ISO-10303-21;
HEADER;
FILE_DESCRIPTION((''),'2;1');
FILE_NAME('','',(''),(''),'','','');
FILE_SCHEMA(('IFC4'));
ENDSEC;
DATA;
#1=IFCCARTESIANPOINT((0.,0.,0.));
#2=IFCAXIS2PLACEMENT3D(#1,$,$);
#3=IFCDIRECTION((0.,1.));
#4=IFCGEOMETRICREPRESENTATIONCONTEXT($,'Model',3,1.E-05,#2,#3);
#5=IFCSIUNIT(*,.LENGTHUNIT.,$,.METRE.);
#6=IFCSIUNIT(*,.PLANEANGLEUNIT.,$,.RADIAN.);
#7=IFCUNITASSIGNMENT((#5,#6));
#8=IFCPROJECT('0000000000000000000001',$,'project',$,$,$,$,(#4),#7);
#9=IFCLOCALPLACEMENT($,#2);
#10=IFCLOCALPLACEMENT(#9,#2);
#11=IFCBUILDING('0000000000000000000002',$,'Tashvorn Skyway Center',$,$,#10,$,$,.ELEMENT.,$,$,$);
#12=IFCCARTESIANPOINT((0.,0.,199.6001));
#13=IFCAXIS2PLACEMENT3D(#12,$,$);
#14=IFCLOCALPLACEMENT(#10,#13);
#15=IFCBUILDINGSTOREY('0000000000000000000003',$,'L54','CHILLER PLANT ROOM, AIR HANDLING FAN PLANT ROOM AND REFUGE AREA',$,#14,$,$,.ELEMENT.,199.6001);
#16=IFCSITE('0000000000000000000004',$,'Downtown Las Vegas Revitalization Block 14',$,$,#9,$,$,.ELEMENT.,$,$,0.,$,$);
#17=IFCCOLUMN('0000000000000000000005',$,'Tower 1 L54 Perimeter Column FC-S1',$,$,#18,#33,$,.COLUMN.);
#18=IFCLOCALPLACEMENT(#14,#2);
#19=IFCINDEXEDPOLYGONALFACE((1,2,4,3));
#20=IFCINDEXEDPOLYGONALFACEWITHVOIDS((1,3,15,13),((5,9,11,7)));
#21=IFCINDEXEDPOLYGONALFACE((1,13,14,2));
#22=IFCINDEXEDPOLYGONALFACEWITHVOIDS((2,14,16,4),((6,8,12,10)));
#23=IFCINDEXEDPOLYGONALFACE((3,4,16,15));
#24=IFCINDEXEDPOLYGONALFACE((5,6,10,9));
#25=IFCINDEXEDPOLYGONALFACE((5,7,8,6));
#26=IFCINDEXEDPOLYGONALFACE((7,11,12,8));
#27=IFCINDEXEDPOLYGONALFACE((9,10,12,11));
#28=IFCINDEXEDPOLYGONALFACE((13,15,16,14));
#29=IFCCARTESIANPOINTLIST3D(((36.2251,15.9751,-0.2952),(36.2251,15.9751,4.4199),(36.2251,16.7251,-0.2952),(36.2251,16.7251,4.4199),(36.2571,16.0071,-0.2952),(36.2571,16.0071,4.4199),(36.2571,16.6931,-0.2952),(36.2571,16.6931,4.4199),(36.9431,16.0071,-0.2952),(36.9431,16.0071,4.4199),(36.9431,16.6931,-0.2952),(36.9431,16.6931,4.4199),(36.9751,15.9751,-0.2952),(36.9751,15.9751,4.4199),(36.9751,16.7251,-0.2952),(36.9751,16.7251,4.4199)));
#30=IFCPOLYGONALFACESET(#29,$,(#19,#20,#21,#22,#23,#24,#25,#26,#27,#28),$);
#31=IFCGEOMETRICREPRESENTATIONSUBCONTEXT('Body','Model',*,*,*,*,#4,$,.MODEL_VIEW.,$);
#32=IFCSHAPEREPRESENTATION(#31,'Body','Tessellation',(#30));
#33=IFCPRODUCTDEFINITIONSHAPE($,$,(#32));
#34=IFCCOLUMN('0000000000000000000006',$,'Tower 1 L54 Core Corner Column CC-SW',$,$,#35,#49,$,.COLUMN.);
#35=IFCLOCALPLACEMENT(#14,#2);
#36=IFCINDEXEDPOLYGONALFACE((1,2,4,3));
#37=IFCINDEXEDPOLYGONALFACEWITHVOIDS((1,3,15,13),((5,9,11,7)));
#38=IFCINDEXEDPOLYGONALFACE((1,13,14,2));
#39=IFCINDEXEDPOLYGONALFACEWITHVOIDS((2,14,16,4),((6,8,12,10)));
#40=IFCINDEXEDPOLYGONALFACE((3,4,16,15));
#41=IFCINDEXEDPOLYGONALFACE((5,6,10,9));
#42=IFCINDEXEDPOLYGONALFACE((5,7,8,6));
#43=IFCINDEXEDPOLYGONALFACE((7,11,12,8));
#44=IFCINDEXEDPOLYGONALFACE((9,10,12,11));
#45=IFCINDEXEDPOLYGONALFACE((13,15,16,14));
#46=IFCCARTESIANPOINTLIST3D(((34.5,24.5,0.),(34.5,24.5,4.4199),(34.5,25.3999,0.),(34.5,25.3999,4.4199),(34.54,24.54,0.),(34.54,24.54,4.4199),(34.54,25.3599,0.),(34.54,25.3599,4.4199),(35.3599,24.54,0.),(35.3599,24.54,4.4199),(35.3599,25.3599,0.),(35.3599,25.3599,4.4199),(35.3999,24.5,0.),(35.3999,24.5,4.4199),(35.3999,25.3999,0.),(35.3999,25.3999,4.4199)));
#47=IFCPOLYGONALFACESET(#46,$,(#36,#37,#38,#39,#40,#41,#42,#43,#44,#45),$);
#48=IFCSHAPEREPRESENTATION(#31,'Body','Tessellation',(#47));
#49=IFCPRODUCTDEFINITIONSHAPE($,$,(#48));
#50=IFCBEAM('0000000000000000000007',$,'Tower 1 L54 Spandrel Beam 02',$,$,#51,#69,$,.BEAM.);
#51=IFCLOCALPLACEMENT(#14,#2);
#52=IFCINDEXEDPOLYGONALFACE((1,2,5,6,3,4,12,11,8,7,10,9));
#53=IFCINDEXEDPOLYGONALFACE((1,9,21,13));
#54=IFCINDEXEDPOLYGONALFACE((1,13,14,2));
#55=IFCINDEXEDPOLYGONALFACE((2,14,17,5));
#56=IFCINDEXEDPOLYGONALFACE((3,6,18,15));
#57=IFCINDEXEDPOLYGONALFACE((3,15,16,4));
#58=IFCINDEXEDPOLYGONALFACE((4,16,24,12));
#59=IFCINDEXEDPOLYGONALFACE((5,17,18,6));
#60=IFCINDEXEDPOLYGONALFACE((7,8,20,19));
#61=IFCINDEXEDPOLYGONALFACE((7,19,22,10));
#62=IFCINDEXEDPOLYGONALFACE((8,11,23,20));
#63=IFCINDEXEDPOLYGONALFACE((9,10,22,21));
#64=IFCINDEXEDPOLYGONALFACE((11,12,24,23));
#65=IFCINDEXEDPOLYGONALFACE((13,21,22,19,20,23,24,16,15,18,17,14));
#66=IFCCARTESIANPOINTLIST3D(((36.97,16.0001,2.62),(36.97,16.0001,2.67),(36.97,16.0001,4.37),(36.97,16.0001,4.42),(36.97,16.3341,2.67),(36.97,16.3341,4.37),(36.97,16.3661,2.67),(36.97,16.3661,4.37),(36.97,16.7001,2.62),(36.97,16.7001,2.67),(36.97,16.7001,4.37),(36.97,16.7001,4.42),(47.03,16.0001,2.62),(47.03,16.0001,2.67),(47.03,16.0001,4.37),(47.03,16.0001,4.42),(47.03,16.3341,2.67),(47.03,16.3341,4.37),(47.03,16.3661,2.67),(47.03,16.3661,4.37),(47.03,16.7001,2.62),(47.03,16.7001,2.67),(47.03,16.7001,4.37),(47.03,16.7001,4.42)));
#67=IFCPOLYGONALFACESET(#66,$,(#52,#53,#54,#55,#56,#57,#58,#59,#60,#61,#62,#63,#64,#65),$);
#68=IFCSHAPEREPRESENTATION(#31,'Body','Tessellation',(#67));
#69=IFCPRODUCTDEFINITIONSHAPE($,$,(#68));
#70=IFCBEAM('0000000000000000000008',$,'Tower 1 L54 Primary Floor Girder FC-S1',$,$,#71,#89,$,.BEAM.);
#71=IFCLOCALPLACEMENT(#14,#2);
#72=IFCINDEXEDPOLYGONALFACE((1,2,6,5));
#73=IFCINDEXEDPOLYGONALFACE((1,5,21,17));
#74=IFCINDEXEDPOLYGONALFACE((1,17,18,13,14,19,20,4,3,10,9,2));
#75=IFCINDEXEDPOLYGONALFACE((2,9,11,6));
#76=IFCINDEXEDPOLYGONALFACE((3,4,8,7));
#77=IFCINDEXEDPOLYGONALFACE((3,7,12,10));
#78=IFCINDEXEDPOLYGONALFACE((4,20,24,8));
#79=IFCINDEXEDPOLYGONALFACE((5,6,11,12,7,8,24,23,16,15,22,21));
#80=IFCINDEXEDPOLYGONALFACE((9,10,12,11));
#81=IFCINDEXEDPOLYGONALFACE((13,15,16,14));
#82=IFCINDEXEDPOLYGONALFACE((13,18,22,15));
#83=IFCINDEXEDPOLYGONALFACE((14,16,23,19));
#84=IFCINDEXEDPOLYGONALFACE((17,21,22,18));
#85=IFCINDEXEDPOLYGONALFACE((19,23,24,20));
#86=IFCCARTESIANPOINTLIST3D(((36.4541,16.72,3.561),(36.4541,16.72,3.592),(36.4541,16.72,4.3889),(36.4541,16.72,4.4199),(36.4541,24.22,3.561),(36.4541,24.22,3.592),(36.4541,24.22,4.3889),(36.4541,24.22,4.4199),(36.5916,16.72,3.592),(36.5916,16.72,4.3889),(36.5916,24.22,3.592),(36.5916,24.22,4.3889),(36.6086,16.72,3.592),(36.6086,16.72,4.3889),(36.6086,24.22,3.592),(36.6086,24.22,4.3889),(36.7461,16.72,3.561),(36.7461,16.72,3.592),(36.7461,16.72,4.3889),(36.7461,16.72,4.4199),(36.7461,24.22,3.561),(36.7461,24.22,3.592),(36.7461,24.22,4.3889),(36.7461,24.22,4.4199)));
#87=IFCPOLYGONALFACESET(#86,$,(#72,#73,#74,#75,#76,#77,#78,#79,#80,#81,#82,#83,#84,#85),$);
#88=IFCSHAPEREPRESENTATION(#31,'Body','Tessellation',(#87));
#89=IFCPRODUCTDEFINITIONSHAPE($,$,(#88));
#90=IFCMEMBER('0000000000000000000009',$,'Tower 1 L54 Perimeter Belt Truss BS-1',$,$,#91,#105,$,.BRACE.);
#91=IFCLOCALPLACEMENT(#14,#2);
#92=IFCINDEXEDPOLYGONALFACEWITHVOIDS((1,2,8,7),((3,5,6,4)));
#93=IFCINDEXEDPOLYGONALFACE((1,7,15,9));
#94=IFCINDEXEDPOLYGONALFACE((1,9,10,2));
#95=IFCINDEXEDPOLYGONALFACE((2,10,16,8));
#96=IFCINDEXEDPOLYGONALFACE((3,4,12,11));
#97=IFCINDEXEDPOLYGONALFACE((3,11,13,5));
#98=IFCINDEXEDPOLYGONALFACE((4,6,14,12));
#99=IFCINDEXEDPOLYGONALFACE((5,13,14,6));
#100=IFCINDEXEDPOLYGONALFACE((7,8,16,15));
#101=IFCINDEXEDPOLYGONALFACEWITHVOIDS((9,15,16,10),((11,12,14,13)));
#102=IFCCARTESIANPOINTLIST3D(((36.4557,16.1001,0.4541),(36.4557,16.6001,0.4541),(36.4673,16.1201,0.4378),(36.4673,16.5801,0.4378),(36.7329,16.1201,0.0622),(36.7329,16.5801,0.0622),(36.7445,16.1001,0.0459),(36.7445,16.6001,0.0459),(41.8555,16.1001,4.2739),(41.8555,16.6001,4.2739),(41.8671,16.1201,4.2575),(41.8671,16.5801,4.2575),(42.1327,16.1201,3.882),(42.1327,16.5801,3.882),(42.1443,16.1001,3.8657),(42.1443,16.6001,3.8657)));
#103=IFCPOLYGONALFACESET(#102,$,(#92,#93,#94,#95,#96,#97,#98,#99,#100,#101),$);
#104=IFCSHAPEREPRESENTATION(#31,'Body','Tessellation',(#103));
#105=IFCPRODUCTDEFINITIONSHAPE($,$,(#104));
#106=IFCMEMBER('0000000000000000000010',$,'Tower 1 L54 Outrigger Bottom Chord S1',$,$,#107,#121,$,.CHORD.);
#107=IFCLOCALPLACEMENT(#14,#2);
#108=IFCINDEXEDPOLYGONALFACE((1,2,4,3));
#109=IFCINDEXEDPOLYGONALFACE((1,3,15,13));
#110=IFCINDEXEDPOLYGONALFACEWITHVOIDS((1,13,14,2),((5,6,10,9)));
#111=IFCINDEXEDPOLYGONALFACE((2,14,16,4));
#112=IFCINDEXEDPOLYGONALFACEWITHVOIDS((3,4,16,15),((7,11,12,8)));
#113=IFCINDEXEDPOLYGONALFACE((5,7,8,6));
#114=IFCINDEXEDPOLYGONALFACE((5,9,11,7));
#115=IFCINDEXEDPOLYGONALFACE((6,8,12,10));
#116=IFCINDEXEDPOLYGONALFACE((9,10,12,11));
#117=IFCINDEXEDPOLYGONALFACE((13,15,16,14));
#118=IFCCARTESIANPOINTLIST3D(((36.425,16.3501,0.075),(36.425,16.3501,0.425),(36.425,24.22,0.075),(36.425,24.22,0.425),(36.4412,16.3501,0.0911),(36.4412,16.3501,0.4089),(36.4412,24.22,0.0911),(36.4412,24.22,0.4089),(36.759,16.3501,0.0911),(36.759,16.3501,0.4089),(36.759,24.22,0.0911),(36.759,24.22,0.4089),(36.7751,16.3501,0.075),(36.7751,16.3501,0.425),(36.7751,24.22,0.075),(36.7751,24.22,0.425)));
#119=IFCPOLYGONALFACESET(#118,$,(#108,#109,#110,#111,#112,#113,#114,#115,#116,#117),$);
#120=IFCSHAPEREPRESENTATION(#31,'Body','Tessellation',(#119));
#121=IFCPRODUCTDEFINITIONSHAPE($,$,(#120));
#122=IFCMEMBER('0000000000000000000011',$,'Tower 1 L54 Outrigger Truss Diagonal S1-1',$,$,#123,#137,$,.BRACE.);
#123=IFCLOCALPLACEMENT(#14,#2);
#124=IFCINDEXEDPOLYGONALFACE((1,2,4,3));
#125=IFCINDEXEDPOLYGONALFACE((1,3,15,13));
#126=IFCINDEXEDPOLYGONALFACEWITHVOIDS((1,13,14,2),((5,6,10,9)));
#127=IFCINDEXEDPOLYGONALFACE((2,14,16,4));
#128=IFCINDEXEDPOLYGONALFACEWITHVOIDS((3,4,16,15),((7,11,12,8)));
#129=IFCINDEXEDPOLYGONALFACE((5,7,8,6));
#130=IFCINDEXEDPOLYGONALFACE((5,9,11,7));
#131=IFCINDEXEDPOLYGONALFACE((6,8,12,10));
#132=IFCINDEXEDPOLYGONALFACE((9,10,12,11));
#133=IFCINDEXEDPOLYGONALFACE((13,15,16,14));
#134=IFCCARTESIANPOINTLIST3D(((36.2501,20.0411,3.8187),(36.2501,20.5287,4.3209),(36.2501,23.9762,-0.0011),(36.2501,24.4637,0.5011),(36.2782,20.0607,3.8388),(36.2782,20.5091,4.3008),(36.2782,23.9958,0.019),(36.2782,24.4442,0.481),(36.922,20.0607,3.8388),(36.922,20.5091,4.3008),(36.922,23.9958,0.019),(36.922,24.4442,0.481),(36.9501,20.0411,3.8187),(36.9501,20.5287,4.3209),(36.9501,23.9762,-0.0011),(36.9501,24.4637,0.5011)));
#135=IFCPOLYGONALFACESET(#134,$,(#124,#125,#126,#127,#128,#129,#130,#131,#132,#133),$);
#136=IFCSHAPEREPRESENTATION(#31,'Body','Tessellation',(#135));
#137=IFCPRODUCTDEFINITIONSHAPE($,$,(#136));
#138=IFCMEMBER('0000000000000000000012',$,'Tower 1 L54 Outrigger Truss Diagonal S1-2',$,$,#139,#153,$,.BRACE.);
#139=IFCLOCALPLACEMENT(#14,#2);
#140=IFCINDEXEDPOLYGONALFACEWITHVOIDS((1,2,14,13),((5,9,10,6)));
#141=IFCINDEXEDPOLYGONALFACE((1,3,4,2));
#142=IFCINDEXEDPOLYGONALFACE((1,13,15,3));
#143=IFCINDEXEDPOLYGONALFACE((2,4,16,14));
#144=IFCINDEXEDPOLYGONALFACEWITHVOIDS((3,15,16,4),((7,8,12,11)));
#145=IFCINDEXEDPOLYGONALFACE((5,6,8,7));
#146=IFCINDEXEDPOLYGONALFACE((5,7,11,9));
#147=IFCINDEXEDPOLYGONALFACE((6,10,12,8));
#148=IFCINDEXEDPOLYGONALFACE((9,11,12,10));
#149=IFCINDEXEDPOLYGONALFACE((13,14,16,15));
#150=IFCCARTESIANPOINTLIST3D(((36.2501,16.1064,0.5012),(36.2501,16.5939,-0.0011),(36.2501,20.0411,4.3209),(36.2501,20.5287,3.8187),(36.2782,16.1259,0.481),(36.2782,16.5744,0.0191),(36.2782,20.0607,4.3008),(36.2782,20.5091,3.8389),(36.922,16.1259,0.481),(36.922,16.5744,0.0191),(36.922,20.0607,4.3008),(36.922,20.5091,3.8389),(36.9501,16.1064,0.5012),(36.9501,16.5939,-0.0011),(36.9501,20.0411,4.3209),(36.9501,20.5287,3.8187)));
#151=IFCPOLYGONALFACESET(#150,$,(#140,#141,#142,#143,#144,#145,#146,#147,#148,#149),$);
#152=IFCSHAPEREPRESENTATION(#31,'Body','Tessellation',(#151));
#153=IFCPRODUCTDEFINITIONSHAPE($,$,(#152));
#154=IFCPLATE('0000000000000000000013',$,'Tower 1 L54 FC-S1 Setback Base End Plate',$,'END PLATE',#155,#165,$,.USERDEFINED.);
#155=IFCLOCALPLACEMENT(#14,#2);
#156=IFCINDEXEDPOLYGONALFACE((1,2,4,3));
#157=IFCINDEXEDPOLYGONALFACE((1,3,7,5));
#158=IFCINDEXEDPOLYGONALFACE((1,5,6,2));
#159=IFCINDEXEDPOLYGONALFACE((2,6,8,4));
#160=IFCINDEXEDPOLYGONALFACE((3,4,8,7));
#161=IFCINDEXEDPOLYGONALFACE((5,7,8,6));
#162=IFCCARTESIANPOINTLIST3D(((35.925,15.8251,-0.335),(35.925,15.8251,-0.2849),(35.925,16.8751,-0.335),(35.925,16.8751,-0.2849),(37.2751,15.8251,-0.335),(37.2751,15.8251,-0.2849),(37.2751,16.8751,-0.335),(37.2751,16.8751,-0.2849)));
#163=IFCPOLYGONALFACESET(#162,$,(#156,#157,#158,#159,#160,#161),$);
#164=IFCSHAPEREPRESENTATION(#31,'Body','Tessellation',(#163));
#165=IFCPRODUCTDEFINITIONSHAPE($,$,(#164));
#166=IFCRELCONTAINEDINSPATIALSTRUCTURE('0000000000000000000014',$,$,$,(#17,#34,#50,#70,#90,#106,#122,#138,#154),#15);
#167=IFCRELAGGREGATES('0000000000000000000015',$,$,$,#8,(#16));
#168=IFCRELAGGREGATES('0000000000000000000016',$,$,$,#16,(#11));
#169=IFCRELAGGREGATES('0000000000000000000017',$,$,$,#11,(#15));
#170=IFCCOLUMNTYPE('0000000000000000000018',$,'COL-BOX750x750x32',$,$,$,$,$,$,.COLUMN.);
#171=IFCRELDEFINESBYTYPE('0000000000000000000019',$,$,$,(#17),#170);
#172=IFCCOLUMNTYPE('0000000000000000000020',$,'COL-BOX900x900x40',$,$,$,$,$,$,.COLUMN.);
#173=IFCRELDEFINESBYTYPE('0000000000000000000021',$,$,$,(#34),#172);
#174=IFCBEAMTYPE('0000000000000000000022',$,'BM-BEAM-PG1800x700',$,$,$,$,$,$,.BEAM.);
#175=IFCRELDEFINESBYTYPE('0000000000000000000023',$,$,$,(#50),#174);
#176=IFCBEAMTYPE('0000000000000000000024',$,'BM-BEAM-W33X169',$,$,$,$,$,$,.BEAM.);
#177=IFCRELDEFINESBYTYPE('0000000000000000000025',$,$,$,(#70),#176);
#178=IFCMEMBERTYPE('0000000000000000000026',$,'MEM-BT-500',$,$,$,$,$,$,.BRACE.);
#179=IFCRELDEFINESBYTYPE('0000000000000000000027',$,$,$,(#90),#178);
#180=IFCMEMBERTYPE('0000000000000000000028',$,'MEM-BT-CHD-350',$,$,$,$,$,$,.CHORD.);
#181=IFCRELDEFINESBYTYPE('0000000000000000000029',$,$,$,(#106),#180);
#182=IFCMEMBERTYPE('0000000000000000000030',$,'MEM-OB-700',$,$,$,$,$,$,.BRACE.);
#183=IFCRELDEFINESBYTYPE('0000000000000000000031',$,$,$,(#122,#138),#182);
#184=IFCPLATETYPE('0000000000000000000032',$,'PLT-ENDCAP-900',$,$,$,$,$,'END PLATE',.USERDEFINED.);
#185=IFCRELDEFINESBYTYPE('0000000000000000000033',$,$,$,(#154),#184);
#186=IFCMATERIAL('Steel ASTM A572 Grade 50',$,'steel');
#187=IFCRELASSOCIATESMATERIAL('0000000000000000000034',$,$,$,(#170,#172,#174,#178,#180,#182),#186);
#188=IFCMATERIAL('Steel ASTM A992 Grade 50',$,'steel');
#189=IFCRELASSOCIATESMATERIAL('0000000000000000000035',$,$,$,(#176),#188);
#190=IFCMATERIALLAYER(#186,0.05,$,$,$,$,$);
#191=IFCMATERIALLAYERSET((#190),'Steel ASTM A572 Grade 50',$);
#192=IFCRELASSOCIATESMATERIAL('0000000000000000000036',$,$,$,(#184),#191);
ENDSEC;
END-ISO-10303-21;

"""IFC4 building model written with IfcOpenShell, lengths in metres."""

from ifc_helpers import new_model, si_unit, direction, frame, origin, origin_2d, place, context, subcontext, project, spatial, rectangle, hollow_rectangle, i_section, extrude, material, layer, layer_set, material_profile, profile_set, type_object, element, save


model = new_model("IFC4")

# Units and contexts
model_context = context("Model", 3, precision=1e-05, world=origin(), true_north=direction((0.0, 1.0)))
body_context = subcontext(model_context, "Body", "Model", "MODEL_VIEW")
ifc_project = project(units=[si_unit("LENGTHUNIT", "METRE"), si_unit("PLANEANGLEUNIT", "RADIAN")], contexts=[model_context])

# Site, building, storey
site_placement = place(None, origin())
site = spatial("IfcSite", under=ifc_project, at=site_placement, Name="Downtown Las Vegas Revitalization Block 14", CompositionType="ELEMENT", RefElevation=0.0)
building_placement = place(site_placement, origin())
building = spatial("IfcBuilding", under=site, at=building_placement, Name="Tashvorn Skyway Center", CompositionType="ELEMENT")
storey_placement = place(building_placement, frame((0.0, 0.0, 199.6001)))
storey = spatial("IfcBuildingStorey", under=building, at=storey_placement, Name="L54", Description="CHILLER PLANT ROOM, AIR HANDLING FAN PLANT ROOM AND REFUGE AREA", CompositionType="ELEMENT", Elevation=199.6001)

# Columns
ifc_material_1 = material(Name="Steel ASTM A572 Grade 50", Category="steel")
ifc_material_profile_1 = material_profile(ifc_material_1, hollow_rectangle(XDim=0.75, YDim=0.75, WallThickness=0.032, at=origin_2d()), Name="BOX750x750x32")
ifc_profile_set_1 = profile_set([ifc_material_profile_1], Name="Steel ASTM A572 Grade 50")
column_type_1 = type_object("IfcColumnType", Name="COL-BOX750x750x32", PredefinedType="COLUMN", material=ifc_profile_set_1)
column_1_placement = place(storey_placement, frame((36.6001, 16.3501, -0.2952), z_axis=(0.0, 0.0, 1.0), x_axis=(1.0, 0.0, 0.0)))
element("IfcColumn", 1, at=column_1_placement, inside=storey, type_object=column_type_1, Name="Tower 1 L54 Perimeter Column FC-S1", PredefinedType="COLUMN", context=body_context, shape_type="SweptSolid", body=[
    extrude(hollow_rectangle(XDim=0.75, YDim=0.75, WallThickness=0.032, at=origin_2d()), origin(), (0.0, 0.0, 1.0), 4.7151),
])
ifc_material_profile_2 = material_profile(ifc_material_1, hollow_rectangle(XDim=0.8999, YDim=0.8999, WallThickness=0.04, at=origin_2d()), Name="BOX900x900x40")
ifc_profile_set_2 = profile_set([ifc_material_profile_2], Name="Steel ASTM A572 Grade 50")
column_type_2 = type_object("IfcColumnType", Name="COL-BOX900x900x40", PredefinedType="COLUMN", material=ifc_profile_set_2)
column_2_placement = place(storey_placement, frame((34.95, 24.95, 0.0), z_axis=(0.0, 0.0, 1.0), x_axis=(1.0, 0.0, 0.0)))
element("IfcColumn", 2, at=column_2_placement, inside=storey, type_object=column_type_2, Name="Tower 1 L54 Core Corner Column CC-SW", PredefinedType="COLUMN", context=body_context, shape_type="SweptSolid", body=[
    extrude(hollow_rectangle(XDim=0.8999, YDim=0.8999, WallThickness=0.04, at=origin_2d()), origin(), (0.0, 0.0, 1.0), 4.4199),
])

# Beams
ifc_material_profile_3 = material_profile(ifc_material_1, i_section(OverallWidth=0.7, OverallDepth=1.8, WebThickness=0.032, FlangeThickness=0.05, at=origin_2d()), Name="PG1800x700")
ifc_profile_set_3 = profile_set([ifc_material_profile_3], Name="Steel ASTM A572 Grade 50")
beam_type_1 = type_object("IfcBeamType", Name="BM-BEAM-PG1800x700", PredefinedType="BEAM", material=ifc_profile_set_3)
beam_1_placement = place(storey_placement, frame((36.97, 16.3501, 3.52), z_axis=(1.0, 0.0, 0.0), x_axis=(0.0, 1.0, 0.0)))
element("IfcBeam", 3, at=beam_1_placement, inside=storey, type_object=beam_type_1, Name="Tower 1 L54 Spandrel Beam 02", PredefinedType="BEAM", context=body_context, shape_type="SweptSolid", body=[
    extrude(i_section(OverallWidth=0.7, OverallDepth=1.8, WebThickness=0.032, FlangeThickness=0.05, at=origin_2d()), origin(), (0.0, 0.0, 1.0), 10.0601),
])
ifc_material_2 = material(Name="Steel ASTM A992 Grade 50", Category="steel")
ifc_material_profile_4 = material_profile(ifc_material_2, i_section(OverallWidth=0.292, OverallDepth=0.8589, WebThickness=0.0171, FlangeThickness=0.031, at=origin_2d()), Name="W33X169")
ifc_profile_set_4 = profile_set([ifc_material_profile_4], Name="Steel ASTM A992 Grade 50")
beam_type_2 = type_object("IfcBeamType", Name="BM-BEAM-W33X169", PredefinedType="BEAM", material=ifc_profile_set_4)
beam_2_placement = place(storey_placement, frame((36.6001, 16.72, 3.9905), z_axis=(0.0, 1.0, 0.0), x_axis=(-1.0, 0.0, 0.0)))
element("IfcBeam", 4, at=beam_2_placement, inside=storey, type_object=beam_type_2, Name="Tower 1 L54 Primary Floor Girder FC-S1", PredefinedType="BEAM", context=body_context, shape_type="SweptSolid", body=[
    extrude(i_section(OverallWidth=0.292, OverallDepth=0.8589, WebThickness=0.0171, FlangeThickness=0.031, at=origin_2d()), origin(), (0.0, 0.0, 1.0), 7.5),
])

# Members
ifc_material_profile_5 = material_profile(ifc_material_1, hollow_rectangle(XDim=0.5, YDim=0.5, WallThickness=0.02, at=origin_2d()), Name="HSS500x500x20")
ifc_profile_set_5 = profile_set([ifc_material_profile_5], Name="Steel ASTM A572 Grade 50")
member_type_1 = type_object("IfcMemberType", Name="MEM-BT-500", PredefinedType="BRACE", material=ifc_profile_set_5)
member_1_placement = place(storey_placement, frame((36.6001, 16.3501, 0.25), z_axis=(0.816388, 0.0, 0.577503), x_axis=(0.0, 1.0, 0.0)))
element("IfcMember", 5, at=member_1_placement, inside=storey, type_object=member_type_1, Name="Tower 1 L54 Perimeter Belt Truss BS-1", PredefinedType="BRACE", context=body_context, shape_type="SweptSolid", body=[
    extrude(hollow_rectangle(XDim=0.5, YDim=0.5, WallThickness=0.02, at=origin_2d()), origin(), (0.0, 0.0, 1.0), 6.6143),
])
ifc_material_profile_6 = material_profile(ifc_material_1, hollow_rectangle(XDim=0.3501, YDim=0.3501, WallThickness=0.0161, at=origin_2d()), Name="HSS350x350x16")
ifc_profile_set_6 = profile_set([ifc_material_profile_6], Name="Steel ASTM A572 Grade 50")
member_type_2 = type_object("IfcMemberType", Name="MEM-BT-CHD-350", PredefinedType="CHORD", material=ifc_profile_set_6)
member_2_placement = place(storey_placement, frame((36.6001, 24.22, 0.25), z_axis=(0.0, -1.0, 0.0), x_axis=(1.0, 0.0, 0.0)))
element("IfcMember", 6, at=member_2_placement, inside=storey, type_object=member_type_2, Name="Tower 1 L54 Outrigger Bottom Chord S1", PredefinedType="CHORD", context=body_context, shape_type="SweptSolid", body=[
    extrude(hollow_rectangle(XDim=0.3501, YDim=0.3501, WallThickness=0.0161, at=origin_2d()), origin(), (0.0, 0.0, 1.0), 7.8699),
])
ifc_material_profile_7 = material_profile(ifc_material_1, hollow_rectangle(XDim=0.7, YDim=0.7, WallThickness=0.0281, at=origin_2d()), Name="BOX700x700x28")
ifc_profile_set_7 = profile_set([ifc_material_profile_7], Name="Steel ASTM A572 Grade 50")
member_type_3 = type_object("IfcMemberType", Name="MEM-OB-700", PredefinedType="BRACE", material=ifc_profile_set_7)
member_3_placement = place(storey_placement, frame((36.6001, 24.22, 0.25), z_axis=(0.0, -0.717535, 0.696523), x_axis=(1.0, 0.0, 0.0)))
element("IfcMember", 7, at=member_3_placement, inside=storey, type_object=member_type_3, Name="Tower 1 L54 Outrigger Truss Diagonal S1-1", PredefinedType="BRACE", context=body_context, shape_type="SweptSolid", body=[
    extrude(hollow_rectangle(XDim=0.7, YDim=0.7, WallThickness=0.0281, at=origin_2d()), origin(), (0.0, 0.0, 1.0), 5.4841),
])
member_4_placement = place(storey_placement, frame((36.6001, 20.2849, 4.0698), z_axis=(0.0, -0.717513, -0.696545), x_axis=(1.0, 0.0, 0.0)))
element("IfcMember", 8, at=member_4_placement, inside=storey, type_object=member_type_3, Name="Tower 1 L54 Outrigger Truss Diagonal S1-2", PredefinedType="BRACE", context=body_context, shape_type="SweptSolid", body=[
    extrude(hollow_rectangle(XDim=0.7, YDim=0.7, WallThickness=0.0281, at=origin_2d()), origin(), (0.0, 0.0, 1.0), 5.4839),
])

# Plate
ifc_layer_1 = layer(ifc_material_1, 0.05)
ifc_layer_set_1 = layer_set([ifc_layer_1], Name="Steel ASTM A572 Grade 50")
plate_type_1 = type_object("IfcPlateType", Name="PLT-ENDCAP-900", ElementType="END PLATE", PredefinedType="USERDEFINED", material=ifc_layer_set_1)
plate_1_placement = place(storey_placement, frame((36.6001, 16.3501, -0.335), z_axis=(0.0, 0.0, 1.0), x_axis=(1.0, 0.0, 0.0)))
element("IfcPlate", 9, at=plate_1_placement, inside=storey, type_object=plate_type_1, Name="Tower 1 L54 FC-S1 Setback Base End Plate", ObjectType="END PLATE", PredefinedType="USERDEFINED", context=body_context, shape_type="SweptSolid", body=[
    extrude(rectangle(XDim=1.3501, YDim=1.05, at=origin_2d()), origin(), (0.0, 0.0, 1.0), 0.05),
])

save(model, "model.ifc")
